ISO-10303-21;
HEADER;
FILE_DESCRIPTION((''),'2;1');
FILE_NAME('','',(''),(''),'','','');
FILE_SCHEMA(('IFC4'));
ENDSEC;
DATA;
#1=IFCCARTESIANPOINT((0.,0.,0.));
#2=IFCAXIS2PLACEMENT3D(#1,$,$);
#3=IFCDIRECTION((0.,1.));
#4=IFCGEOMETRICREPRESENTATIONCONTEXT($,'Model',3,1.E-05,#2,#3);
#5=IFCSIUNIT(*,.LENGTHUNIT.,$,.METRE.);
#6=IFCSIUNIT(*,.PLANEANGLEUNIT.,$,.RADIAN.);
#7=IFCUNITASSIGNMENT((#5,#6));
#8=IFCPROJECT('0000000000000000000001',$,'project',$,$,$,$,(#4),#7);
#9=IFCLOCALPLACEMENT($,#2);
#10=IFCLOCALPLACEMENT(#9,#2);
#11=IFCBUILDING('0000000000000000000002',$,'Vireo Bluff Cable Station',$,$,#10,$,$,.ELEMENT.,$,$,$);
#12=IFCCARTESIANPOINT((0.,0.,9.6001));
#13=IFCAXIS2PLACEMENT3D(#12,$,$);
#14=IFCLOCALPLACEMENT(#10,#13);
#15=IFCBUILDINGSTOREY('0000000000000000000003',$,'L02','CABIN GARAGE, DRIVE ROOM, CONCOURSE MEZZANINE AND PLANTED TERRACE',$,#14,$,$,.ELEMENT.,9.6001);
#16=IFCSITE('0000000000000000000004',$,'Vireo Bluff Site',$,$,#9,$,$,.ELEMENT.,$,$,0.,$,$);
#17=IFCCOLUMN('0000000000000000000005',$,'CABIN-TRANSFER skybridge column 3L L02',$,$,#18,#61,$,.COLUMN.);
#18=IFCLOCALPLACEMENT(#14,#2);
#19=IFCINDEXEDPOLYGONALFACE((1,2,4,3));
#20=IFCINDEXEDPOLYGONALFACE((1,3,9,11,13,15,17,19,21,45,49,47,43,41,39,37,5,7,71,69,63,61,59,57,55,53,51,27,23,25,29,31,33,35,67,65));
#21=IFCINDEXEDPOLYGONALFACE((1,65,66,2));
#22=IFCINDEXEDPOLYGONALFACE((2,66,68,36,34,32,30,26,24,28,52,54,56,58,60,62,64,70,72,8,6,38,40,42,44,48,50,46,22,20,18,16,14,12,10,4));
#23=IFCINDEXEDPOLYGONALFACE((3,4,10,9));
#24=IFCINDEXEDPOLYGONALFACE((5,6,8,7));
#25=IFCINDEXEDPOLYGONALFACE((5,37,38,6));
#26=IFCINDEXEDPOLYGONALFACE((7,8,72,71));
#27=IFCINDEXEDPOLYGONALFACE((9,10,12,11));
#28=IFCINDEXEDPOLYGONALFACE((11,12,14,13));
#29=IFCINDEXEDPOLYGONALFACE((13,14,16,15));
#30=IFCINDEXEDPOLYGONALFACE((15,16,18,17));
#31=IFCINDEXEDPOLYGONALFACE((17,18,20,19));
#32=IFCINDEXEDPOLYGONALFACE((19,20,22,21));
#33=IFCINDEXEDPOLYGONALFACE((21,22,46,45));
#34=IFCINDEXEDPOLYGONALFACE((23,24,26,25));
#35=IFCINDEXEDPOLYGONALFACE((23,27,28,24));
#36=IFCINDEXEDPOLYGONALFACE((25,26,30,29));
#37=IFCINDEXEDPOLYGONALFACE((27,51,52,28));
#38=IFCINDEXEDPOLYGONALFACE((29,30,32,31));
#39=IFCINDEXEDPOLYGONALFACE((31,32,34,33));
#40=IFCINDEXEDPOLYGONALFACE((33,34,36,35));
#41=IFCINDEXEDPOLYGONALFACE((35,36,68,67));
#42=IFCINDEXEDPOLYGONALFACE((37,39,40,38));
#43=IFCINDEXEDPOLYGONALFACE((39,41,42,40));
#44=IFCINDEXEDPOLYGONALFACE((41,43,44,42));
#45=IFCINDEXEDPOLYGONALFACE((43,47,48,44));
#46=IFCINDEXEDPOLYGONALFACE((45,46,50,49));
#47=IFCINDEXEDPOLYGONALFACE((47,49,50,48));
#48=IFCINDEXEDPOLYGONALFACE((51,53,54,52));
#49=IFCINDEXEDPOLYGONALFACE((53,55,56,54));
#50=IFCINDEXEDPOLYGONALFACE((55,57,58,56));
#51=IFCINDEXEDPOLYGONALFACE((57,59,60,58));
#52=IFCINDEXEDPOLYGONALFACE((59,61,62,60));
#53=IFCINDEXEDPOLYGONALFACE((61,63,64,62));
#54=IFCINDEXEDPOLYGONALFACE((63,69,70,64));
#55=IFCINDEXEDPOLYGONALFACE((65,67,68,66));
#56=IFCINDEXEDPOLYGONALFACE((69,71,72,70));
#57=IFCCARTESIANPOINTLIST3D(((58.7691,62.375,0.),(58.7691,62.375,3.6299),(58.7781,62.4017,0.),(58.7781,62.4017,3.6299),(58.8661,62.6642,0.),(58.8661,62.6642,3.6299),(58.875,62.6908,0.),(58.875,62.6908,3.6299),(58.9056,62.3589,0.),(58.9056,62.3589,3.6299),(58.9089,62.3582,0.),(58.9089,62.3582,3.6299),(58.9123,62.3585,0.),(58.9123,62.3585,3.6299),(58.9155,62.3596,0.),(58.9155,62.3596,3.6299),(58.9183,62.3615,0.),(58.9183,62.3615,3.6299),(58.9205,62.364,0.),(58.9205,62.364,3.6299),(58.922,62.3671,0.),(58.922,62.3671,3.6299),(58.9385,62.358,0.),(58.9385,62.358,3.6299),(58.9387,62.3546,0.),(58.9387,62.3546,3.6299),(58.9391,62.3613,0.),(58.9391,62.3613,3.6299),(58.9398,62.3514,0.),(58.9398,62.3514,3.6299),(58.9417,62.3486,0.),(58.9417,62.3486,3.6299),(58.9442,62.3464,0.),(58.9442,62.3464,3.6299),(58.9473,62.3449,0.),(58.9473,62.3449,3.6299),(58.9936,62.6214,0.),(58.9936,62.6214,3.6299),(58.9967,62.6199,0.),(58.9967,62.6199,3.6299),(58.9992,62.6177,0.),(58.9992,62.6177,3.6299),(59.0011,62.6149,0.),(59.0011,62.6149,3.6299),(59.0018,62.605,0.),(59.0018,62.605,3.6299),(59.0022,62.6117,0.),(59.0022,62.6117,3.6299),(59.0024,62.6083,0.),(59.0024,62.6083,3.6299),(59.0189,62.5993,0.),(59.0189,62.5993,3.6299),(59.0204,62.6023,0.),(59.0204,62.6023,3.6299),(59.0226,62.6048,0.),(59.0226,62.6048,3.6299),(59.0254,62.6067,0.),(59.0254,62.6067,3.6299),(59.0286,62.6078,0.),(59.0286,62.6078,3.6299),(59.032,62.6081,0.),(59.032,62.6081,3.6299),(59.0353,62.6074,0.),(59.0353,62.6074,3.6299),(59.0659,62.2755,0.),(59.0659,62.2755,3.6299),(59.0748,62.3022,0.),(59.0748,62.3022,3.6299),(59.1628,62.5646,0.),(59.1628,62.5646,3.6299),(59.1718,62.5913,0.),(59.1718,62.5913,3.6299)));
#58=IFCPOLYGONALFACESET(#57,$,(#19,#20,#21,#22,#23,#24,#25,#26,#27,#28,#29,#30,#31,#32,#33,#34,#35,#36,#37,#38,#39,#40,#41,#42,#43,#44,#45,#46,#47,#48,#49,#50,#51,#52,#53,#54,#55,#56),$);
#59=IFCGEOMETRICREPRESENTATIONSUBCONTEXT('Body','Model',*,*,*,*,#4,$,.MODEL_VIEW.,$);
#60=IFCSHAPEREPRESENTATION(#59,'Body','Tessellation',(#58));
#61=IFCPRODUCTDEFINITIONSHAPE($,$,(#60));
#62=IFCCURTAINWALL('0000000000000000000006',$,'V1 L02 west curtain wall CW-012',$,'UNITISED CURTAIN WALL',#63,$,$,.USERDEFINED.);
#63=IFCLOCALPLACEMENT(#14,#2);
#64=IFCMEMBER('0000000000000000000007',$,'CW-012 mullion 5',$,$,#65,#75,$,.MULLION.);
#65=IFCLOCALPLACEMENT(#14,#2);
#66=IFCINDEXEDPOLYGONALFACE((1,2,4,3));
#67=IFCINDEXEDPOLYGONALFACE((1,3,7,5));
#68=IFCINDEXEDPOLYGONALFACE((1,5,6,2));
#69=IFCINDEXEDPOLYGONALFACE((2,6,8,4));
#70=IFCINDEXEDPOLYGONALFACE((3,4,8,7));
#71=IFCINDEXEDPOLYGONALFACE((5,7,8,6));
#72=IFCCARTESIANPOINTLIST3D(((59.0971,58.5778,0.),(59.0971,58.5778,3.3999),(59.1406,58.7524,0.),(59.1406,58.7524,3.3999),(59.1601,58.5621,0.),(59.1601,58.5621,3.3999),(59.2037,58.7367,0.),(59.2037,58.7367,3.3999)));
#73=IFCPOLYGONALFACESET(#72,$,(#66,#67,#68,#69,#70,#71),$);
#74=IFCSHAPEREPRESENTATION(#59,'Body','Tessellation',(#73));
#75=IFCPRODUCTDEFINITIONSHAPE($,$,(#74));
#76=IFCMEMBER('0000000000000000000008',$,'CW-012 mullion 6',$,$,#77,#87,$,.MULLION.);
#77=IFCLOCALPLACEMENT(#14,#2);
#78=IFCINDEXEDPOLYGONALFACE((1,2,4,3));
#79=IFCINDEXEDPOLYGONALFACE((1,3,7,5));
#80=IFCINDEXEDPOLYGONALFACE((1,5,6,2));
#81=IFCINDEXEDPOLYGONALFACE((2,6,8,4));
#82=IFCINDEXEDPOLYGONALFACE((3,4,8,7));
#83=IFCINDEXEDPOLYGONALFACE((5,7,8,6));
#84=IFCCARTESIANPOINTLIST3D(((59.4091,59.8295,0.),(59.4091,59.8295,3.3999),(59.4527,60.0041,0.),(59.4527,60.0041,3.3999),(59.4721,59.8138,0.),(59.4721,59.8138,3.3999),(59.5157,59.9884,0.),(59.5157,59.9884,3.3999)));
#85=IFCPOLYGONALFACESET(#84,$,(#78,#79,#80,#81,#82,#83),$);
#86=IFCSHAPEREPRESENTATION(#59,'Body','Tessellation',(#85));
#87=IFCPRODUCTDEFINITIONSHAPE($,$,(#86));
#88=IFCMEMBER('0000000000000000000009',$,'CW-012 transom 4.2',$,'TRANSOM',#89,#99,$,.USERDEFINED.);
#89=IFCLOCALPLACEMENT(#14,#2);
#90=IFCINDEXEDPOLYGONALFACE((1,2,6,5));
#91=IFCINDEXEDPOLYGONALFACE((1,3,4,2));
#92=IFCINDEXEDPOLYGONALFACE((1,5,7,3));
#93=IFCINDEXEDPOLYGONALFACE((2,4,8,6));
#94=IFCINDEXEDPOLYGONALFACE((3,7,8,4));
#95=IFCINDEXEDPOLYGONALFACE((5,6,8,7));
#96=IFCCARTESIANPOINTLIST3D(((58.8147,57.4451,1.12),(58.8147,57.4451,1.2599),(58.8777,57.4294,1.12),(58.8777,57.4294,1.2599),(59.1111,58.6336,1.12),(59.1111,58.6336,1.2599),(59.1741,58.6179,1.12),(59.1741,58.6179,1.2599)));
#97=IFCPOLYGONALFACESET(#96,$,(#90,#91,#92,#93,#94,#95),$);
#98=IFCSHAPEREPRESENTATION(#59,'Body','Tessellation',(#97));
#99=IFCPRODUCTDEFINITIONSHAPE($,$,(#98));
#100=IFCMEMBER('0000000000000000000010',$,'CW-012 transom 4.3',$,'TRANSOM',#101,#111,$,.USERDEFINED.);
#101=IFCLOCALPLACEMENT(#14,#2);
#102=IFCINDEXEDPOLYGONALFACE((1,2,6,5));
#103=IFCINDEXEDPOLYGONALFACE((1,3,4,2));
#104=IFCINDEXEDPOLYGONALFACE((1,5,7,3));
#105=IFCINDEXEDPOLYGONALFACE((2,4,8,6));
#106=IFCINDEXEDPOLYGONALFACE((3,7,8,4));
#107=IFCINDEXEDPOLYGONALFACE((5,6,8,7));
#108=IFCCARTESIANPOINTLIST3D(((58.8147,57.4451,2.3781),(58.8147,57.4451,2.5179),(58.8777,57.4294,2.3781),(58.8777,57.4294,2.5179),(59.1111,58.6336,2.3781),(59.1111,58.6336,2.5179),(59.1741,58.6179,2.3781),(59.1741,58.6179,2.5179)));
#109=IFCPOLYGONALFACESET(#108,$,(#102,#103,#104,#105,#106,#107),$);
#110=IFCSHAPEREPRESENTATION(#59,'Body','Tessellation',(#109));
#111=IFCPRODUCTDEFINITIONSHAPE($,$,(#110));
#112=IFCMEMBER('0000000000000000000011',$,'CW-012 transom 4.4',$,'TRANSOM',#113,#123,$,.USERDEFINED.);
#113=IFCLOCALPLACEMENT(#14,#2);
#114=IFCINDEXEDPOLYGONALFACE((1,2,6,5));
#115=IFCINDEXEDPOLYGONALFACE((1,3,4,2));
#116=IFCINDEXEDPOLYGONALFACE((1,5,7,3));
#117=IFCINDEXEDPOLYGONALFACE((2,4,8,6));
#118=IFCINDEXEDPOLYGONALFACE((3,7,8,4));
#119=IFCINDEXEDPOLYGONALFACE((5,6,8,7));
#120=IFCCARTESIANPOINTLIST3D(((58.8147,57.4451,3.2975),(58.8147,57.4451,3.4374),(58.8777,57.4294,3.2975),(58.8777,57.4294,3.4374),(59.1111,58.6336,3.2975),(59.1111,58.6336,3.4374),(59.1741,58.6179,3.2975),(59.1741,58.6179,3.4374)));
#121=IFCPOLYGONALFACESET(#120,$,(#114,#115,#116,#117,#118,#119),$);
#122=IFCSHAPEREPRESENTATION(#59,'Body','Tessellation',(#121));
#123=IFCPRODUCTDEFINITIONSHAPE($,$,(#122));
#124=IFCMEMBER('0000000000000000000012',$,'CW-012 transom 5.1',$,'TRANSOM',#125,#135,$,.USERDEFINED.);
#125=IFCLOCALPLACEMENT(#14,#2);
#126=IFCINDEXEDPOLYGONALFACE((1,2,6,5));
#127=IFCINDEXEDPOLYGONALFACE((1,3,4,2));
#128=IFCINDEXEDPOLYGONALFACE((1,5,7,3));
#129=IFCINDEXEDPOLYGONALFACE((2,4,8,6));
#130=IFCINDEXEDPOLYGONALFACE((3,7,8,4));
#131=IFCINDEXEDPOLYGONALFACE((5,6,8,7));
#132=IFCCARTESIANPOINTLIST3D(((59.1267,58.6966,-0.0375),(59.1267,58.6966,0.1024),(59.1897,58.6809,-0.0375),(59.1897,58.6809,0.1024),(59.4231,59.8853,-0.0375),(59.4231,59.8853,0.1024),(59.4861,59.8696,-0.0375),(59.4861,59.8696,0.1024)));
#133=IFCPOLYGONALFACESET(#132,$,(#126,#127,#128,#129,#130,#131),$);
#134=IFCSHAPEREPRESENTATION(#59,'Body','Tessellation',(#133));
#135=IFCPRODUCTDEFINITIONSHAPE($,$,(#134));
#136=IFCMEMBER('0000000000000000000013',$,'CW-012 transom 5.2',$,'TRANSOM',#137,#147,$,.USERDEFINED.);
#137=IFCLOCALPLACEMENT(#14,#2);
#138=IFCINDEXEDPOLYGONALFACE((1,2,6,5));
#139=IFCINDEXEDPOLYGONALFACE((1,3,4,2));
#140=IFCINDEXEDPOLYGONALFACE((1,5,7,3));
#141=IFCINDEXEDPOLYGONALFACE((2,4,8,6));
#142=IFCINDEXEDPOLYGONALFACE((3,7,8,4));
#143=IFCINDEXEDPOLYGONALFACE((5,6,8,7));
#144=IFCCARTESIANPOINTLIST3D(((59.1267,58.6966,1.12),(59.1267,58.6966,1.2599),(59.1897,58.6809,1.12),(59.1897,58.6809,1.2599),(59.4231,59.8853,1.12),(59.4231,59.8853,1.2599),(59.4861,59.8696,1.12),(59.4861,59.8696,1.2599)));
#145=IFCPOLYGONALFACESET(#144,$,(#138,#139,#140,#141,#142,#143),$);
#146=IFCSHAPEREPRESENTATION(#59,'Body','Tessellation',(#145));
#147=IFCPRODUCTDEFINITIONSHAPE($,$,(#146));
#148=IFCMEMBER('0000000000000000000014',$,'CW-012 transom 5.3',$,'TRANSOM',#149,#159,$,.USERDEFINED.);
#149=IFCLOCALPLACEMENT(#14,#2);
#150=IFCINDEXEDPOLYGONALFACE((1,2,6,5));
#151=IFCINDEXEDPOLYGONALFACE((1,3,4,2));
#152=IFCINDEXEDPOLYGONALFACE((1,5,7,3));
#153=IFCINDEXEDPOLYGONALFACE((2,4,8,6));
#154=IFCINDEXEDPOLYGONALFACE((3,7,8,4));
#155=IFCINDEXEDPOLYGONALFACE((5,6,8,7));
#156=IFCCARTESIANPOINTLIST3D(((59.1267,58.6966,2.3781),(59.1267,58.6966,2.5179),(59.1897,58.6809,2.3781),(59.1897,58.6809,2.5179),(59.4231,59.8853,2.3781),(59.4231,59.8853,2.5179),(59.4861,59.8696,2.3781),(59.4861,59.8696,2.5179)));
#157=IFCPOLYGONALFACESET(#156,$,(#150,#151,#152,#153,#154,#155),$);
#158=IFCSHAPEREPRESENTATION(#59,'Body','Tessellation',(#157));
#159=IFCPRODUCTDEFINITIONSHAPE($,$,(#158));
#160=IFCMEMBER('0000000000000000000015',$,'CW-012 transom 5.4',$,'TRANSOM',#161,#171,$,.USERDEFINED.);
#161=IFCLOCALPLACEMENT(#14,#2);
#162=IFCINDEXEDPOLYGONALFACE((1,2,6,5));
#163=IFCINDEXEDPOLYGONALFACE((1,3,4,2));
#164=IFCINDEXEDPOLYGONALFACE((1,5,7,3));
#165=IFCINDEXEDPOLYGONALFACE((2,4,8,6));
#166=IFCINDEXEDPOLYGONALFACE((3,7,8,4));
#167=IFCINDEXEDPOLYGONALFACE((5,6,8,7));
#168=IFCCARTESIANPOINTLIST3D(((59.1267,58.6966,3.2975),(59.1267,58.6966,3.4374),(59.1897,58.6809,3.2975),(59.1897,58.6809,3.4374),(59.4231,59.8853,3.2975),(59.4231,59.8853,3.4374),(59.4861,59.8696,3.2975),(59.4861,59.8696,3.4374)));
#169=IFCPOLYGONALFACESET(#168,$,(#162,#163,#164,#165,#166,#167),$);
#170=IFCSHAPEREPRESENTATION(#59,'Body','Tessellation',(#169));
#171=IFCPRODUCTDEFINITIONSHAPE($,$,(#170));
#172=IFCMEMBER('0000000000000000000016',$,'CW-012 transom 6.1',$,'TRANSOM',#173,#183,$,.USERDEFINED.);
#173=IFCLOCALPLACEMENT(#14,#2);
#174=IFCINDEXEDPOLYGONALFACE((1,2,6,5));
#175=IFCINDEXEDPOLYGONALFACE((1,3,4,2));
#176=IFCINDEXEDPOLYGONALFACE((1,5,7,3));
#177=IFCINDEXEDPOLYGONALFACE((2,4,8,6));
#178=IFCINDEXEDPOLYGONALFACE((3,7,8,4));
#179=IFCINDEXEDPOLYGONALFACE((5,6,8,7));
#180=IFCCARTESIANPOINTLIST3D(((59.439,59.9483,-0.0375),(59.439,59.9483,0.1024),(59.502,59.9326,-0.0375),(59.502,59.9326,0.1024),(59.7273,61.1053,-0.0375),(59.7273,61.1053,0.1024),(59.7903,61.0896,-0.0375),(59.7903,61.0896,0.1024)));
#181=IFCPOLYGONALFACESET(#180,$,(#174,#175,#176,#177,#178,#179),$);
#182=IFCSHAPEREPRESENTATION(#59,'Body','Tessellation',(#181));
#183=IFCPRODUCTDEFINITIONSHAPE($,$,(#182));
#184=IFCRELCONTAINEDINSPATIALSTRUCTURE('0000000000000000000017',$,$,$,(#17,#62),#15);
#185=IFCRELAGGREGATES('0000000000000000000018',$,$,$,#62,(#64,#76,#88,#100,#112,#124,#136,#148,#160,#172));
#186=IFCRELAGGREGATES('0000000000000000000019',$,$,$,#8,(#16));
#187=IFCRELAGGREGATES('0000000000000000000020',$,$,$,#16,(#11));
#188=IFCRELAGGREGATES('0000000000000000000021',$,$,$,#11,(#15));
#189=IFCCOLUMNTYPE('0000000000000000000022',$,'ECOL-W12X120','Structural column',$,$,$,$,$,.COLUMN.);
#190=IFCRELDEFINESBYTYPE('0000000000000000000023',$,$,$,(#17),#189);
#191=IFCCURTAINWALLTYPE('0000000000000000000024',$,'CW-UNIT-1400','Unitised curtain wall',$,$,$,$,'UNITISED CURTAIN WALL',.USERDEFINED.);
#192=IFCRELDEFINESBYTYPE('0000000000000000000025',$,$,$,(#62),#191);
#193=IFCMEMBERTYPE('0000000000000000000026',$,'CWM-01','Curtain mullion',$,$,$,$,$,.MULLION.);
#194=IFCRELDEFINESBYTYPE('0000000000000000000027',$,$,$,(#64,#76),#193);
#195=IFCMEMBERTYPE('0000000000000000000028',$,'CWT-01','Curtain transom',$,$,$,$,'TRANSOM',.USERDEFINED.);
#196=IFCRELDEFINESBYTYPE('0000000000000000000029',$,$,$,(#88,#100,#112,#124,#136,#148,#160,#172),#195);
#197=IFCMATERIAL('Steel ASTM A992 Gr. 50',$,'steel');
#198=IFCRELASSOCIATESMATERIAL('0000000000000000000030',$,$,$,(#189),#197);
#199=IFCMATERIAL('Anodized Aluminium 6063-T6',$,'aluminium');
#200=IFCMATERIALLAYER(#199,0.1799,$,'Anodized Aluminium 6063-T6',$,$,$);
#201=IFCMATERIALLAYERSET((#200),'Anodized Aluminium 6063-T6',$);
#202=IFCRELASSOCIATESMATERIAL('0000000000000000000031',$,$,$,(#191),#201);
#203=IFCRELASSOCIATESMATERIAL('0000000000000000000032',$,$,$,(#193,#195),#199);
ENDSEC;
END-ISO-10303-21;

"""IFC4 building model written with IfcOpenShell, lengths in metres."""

from ifc_helpers import new_model, si_unit, direction, frame, origin, origin_2d, place, context, subcontext, project, spatial, rectangle, i_section, extrude, material, layer, layer_set, material_profile, profile_set, type_object, element, aggregate, save


model = new_model("IFC4")

# Units and contexts
model_context = context("Model", 3, precision=1e-05, world=origin(), true_north=direction((0.0, 1.0)))
body_context = subcontext(model_context, "Body", "Model", "MODEL_VIEW")
ifc_project = project(units=[si_unit("LENGTHUNIT", "METRE"), si_unit("PLANEANGLEUNIT", "RADIAN")], contexts=[model_context])

# Site, building, storey
site_placement = place(None, origin())
site = spatial("IfcSite", under=ifc_project, at=site_placement, Name="Vireo Bluff Site", CompositionType="ELEMENT", RefElevation=0.0)
building_placement = place(site_placement, origin())
building = spatial("IfcBuilding", under=site, at=building_placement, Name="Vireo Bluff Cable Station", CompositionType="ELEMENT")
storey_placement = place(building_placement, frame((0.0, 0.0, 9.6001)))
storey = spatial("IfcBuildingStorey", under=building, at=storey_placement, Name="L02", Description="CABIN GARAGE, DRIVE ROOM, CONCOURSE MEZZANINE AND PLANTED TERRACE", CompositionType="ELEMENT", Elevation=9.6001)

# Column
ifc_material_1 = material(Name="Steel ASTM A992 Gr. 50", Category="steel")
ifc_material_profile_1 = material_profile(ifc_material_1, i_section(OverallWidth=0.313, OverallDepth=0.333, WebThickness=0.0181, FlangeThickness=0.0281, FilletRadius=0.0129, at=origin_2d()), Name="W12X120")
ifc_profile_set_1 = profile_set([ifc_material_profile_1], Name="Steel ASTM A992 Gr. 50")
column_type = type_object("IfcColumnType", Name="ECOL-W12X120", Description="Structural column", PredefinedType="COLUMN", material=ifc_profile_set_1)
column_placement = place(storey_placement, frame((58.9705, 62.4832, 0.0), z_axis=(0.0, 0.0, 1.0), x_axis=(0.948105, -0.317958, 0.0)))
element("IfcColumn", 1, at=column_placement, inside=storey, type_object=column_type, Name="CABIN-TRANSFER skybridge column 3L L02", PredefinedType="COLUMN", context=body_context, shape_type="SweptSolid", body=[
    extrude(i_section(OverallWidth=0.313, OverallDepth=0.333, WebThickness=0.0181, FlangeThickness=0.0281, FilletRadius=0.0129, at=origin_2d()), origin(), (0.0, 0.0, 1.0), 3.6299),
])

# Curtain wall, members
ifc_material_2 = material(Name="Anodized Aluminium 6063-T6", Category="aluminium")
ifc_layer_1 = layer(ifc_material_2, 0.1799, Name="Anodized Aluminium 6063-T6")
ifc_layer_set_1 = layer_set([ifc_layer_1], Name="Anodized Aluminium 6063-T6")
curtain_wall_type = type_object("IfcCurtainWallType", Name="CW-UNIT-1400", Description="Unitised curtain wall", ElementType="UNITISED CURTAIN WALL", PredefinedType="USERDEFINED", material=ifc_layer_set_1)
curtain_wall_placement = place(storey_placement, origin())
curtain_wall = element("IfcCurtainWall", 2, at=curtain_wall_placement, inside=storey, type_object=curtain_wall_type, Name="V1 L02 west curtain wall CW-012", ObjectType="UNITISED CURTAIN WALL", PredefinedType="USERDEFINED")
ifc_material_profile_2 = material_profile(ifc_material_2, rectangle(XDim=0.0649, YDim=0.1799, at=origin_2d()), Name="ALU-M-65X180")
ifc_profile_set_2 = profile_set([ifc_material_profile_2], Name="Anodized Aluminium 6063-T6")
member_type_1 = type_object("IfcMemberType", Name="CWM-01", Description="Curtain mullion", PredefinedType="MULLION", material=ifc_profile_set_2)
member_1_placement = place(storey_placement, frame((59.1504, 58.6572, 0.0), z_axis=(0.0, 0.0, 1.0), x_axis=(-0.970296, 0.241922, 0.0)))
member_1 = element("IfcMember", 3, at=member_1_placement, type_object=member_type_1, Name="CW-012 mullion 5", PredefinedType="MULLION", context=body_context, shape_type="SweptSolid", body=[
    extrude(rectangle(XDim=0.0649, YDim=0.1799, at=origin_2d()), origin(), (0.0, 0.0, 1.0), 3.3999),
])
member_2_placement = place(storey_placement, frame((59.4624, 59.9089, 0.0), z_axis=(0.0, 0.0, 1.0), x_axis=(-0.970296, 0.241922, 0.0)))
member_2 = element("IfcMember", 4, at=member_2_placement, type_object=member_type_1, Name="CW-012 mullion 6", PredefinedType="MULLION", context=body_context, shape_type="SweptSolid", body=[
    extrude(rectangle(XDim=0.0649, YDim=0.1799, at=origin_2d()), origin(), (0.0, 0.0, 1.0), 3.3999),
])
ifc_material_profile_3 = material_profile(ifc_material_2, rectangle(XDim=0.0649, YDim=0.1399, at=origin_2d()), Name="ALU-T-65X140")
ifc_profile_set_3 = profile_set([ifc_material_profile_3], Name="Anodized Aluminium 6063-T6")
member_type_2 = type_object("IfcMemberType", Name="CWT-01", Description="Curtain transom", ElementType="TRANSOM", PredefinedType="USERDEFINED", material=ifc_profile_set_3)
member_3_placement = place(storey_placement, frame((58.8462, 57.4373, 1.1899), z_axis=(0.241973, 0.970283, 0.0), x_axis=(-0.970283, 0.241973, 0.0)))
member_3 = element("IfcMember", 5, at=member_3_placement, type_object=member_type_2, Name="CW-012 transom 4.2", ObjectType="TRANSOM", PredefinedType="USERDEFINED", context=body_context, shape_type="SweptSolid", body=[
    extrude(rectangle(XDim=0.0649, YDim=0.1399, at=origin_2d()), origin(), (0.0, 0.0, 1.0), 1.2249),
])
member_4_placement = place(storey_placement, frame((58.8462, 57.4373, 2.448), z_axis=(0.241973, 0.970283, 0.0), x_axis=(-0.970283, 0.241973, 0.0)))
member_4 = element("IfcMember", 6, at=member_4_placement, type_object=member_type_2, Name="CW-012 transom 4.3", ObjectType="TRANSOM", PredefinedType="USERDEFINED", context=body_context, shape_type="SweptSolid", body=[
    extrude(rectangle(XDim=0.0649, YDim=0.1399, at=origin_2d()), origin(), (0.0, 0.0, 1.0), 1.2249),
])
member_5_placement = place(storey_placement, frame((58.8462, 57.4373, 3.3674), z_axis=(0.241973, 0.970283, 0.0), x_axis=(-0.970283, 0.241973, 0.0)))
member_5 = element("IfcMember", 7, at=member_5_placement, type_object=member_type_2, Name="CW-012 transom 4.4", ObjectType="TRANSOM", PredefinedType="USERDEFINED", context=body_context, shape_type="SweptSolid", body=[
    extrude(rectangle(XDim=0.0649, YDim=0.1399, at=origin_2d()), origin(), (0.0, 0.0, 1.0), 1.2249),
])
member_6_placement = place(storey_placement, frame((59.1582, 58.6887, 0.0325), z_axis=(0.241926, 0.970295, 0.0), x_axis=(-0.970295, 0.241926, 0.0)))
member_6 = element("IfcMember", 8, at=member_6_placement, type_object=member_type_2, Name="CW-012 transom 5.1", ObjectType="TRANSOM", PredefinedType="USERDEFINED", context=body_context, shape_type="SweptSolid", body=[
    extrude(rectangle(XDim=0.0649, YDim=0.1399, at=origin_2d()), origin(), (0.0, 0.0, 1.0), 1.2251),
])
member_7_placement = place(storey_placement, frame((59.1582, 58.6887, 1.1899), z_axis=(0.241926, 0.970295, 0.0), x_axis=(-0.970295, 0.241926, 0.0)))
member_7 = element("IfcMember", 9, at=member_7_placement, type_object=member_type_2, Name="CW-012 transom 5.2", ObjectType="TRANSOM", PredefinedType="USERDEFINED", context=body_context, shape_type="SweptSolid", body=[
    extrude(rectangle(XDim=0.0649, YDim=0.1399, at=origin_2d()), origin(), (0.0, 0.0, 1.0), 1.2251),
])
member_8_placement = place(storey_placement, frame((59.1582, 58.6887, 2.448), z_axis=(0.241926, 0.970295, 0.0), x_axis=(-0.970295, 0.241926, 0.0)))
member_8 = element("IfcMember", 10, at=member_8_placement, type_object=member_type_2, Name="CW-012 transom 5.3", ObjectType="TRANSOM", PredefinedType="USERDEFINED", context=body_context, shape_type="SweptSolid", body=[
    extrude(rectangle(XDim=0.0649, YDim=0.1399, at=origin_2d()), origin(), (0.0, 0.0, 1.0), 1.2251),
])
member_9_placement = place(storey_placement, frame((59.1582, 58.6887, 3.3674), z_axis=(0.241926, 0.970295, 0.0), x_axis=(-0.970295, 0.241926, 0.0)))
member_9 = element("IfcMember", 11, at=member_9_placement, type_object=member_type_2, Name="CW-012 transom 5.4", ObjectType="TRANSOM", PredefinedType="USERDEFINED", context=body_context, shape_type="SweptSolid", body=[
    extrude(rectangle(XDim=0.0649, YDim=0.1399, at=origin_2d()), origin(), (0.0, 0.0, 1.0), 1.2251),
])
member_10_placement = place(storey_placement, frame((59.4705, 59.9404, 0.0325), z_axis=(0.241813, 0.970323, 0.0), x_axis=(-0.970323, 0.241813, 0.0)))
member_10 = element("IfcMember", 12, at=member_10_placement, type_object=member_type_2, Name="CW-012 transom 6.1", ObjectType="TRANSOM", PredefinedType="USERDEFINED", context=body_context, shape_type="SweptSolid", body=[
    extrude(rectangle(XDim=0.0649, YDim=0.1399, at=origin_2d()), origin(), (0.0, 0.0, 1.0), 1.1924),
])

aggregate(curtain_wall, [member_1, member_2, member_3, member_4, member_5, member_6, member_7, member_8, member_9, member_10])

save(model, "model.ifc")
